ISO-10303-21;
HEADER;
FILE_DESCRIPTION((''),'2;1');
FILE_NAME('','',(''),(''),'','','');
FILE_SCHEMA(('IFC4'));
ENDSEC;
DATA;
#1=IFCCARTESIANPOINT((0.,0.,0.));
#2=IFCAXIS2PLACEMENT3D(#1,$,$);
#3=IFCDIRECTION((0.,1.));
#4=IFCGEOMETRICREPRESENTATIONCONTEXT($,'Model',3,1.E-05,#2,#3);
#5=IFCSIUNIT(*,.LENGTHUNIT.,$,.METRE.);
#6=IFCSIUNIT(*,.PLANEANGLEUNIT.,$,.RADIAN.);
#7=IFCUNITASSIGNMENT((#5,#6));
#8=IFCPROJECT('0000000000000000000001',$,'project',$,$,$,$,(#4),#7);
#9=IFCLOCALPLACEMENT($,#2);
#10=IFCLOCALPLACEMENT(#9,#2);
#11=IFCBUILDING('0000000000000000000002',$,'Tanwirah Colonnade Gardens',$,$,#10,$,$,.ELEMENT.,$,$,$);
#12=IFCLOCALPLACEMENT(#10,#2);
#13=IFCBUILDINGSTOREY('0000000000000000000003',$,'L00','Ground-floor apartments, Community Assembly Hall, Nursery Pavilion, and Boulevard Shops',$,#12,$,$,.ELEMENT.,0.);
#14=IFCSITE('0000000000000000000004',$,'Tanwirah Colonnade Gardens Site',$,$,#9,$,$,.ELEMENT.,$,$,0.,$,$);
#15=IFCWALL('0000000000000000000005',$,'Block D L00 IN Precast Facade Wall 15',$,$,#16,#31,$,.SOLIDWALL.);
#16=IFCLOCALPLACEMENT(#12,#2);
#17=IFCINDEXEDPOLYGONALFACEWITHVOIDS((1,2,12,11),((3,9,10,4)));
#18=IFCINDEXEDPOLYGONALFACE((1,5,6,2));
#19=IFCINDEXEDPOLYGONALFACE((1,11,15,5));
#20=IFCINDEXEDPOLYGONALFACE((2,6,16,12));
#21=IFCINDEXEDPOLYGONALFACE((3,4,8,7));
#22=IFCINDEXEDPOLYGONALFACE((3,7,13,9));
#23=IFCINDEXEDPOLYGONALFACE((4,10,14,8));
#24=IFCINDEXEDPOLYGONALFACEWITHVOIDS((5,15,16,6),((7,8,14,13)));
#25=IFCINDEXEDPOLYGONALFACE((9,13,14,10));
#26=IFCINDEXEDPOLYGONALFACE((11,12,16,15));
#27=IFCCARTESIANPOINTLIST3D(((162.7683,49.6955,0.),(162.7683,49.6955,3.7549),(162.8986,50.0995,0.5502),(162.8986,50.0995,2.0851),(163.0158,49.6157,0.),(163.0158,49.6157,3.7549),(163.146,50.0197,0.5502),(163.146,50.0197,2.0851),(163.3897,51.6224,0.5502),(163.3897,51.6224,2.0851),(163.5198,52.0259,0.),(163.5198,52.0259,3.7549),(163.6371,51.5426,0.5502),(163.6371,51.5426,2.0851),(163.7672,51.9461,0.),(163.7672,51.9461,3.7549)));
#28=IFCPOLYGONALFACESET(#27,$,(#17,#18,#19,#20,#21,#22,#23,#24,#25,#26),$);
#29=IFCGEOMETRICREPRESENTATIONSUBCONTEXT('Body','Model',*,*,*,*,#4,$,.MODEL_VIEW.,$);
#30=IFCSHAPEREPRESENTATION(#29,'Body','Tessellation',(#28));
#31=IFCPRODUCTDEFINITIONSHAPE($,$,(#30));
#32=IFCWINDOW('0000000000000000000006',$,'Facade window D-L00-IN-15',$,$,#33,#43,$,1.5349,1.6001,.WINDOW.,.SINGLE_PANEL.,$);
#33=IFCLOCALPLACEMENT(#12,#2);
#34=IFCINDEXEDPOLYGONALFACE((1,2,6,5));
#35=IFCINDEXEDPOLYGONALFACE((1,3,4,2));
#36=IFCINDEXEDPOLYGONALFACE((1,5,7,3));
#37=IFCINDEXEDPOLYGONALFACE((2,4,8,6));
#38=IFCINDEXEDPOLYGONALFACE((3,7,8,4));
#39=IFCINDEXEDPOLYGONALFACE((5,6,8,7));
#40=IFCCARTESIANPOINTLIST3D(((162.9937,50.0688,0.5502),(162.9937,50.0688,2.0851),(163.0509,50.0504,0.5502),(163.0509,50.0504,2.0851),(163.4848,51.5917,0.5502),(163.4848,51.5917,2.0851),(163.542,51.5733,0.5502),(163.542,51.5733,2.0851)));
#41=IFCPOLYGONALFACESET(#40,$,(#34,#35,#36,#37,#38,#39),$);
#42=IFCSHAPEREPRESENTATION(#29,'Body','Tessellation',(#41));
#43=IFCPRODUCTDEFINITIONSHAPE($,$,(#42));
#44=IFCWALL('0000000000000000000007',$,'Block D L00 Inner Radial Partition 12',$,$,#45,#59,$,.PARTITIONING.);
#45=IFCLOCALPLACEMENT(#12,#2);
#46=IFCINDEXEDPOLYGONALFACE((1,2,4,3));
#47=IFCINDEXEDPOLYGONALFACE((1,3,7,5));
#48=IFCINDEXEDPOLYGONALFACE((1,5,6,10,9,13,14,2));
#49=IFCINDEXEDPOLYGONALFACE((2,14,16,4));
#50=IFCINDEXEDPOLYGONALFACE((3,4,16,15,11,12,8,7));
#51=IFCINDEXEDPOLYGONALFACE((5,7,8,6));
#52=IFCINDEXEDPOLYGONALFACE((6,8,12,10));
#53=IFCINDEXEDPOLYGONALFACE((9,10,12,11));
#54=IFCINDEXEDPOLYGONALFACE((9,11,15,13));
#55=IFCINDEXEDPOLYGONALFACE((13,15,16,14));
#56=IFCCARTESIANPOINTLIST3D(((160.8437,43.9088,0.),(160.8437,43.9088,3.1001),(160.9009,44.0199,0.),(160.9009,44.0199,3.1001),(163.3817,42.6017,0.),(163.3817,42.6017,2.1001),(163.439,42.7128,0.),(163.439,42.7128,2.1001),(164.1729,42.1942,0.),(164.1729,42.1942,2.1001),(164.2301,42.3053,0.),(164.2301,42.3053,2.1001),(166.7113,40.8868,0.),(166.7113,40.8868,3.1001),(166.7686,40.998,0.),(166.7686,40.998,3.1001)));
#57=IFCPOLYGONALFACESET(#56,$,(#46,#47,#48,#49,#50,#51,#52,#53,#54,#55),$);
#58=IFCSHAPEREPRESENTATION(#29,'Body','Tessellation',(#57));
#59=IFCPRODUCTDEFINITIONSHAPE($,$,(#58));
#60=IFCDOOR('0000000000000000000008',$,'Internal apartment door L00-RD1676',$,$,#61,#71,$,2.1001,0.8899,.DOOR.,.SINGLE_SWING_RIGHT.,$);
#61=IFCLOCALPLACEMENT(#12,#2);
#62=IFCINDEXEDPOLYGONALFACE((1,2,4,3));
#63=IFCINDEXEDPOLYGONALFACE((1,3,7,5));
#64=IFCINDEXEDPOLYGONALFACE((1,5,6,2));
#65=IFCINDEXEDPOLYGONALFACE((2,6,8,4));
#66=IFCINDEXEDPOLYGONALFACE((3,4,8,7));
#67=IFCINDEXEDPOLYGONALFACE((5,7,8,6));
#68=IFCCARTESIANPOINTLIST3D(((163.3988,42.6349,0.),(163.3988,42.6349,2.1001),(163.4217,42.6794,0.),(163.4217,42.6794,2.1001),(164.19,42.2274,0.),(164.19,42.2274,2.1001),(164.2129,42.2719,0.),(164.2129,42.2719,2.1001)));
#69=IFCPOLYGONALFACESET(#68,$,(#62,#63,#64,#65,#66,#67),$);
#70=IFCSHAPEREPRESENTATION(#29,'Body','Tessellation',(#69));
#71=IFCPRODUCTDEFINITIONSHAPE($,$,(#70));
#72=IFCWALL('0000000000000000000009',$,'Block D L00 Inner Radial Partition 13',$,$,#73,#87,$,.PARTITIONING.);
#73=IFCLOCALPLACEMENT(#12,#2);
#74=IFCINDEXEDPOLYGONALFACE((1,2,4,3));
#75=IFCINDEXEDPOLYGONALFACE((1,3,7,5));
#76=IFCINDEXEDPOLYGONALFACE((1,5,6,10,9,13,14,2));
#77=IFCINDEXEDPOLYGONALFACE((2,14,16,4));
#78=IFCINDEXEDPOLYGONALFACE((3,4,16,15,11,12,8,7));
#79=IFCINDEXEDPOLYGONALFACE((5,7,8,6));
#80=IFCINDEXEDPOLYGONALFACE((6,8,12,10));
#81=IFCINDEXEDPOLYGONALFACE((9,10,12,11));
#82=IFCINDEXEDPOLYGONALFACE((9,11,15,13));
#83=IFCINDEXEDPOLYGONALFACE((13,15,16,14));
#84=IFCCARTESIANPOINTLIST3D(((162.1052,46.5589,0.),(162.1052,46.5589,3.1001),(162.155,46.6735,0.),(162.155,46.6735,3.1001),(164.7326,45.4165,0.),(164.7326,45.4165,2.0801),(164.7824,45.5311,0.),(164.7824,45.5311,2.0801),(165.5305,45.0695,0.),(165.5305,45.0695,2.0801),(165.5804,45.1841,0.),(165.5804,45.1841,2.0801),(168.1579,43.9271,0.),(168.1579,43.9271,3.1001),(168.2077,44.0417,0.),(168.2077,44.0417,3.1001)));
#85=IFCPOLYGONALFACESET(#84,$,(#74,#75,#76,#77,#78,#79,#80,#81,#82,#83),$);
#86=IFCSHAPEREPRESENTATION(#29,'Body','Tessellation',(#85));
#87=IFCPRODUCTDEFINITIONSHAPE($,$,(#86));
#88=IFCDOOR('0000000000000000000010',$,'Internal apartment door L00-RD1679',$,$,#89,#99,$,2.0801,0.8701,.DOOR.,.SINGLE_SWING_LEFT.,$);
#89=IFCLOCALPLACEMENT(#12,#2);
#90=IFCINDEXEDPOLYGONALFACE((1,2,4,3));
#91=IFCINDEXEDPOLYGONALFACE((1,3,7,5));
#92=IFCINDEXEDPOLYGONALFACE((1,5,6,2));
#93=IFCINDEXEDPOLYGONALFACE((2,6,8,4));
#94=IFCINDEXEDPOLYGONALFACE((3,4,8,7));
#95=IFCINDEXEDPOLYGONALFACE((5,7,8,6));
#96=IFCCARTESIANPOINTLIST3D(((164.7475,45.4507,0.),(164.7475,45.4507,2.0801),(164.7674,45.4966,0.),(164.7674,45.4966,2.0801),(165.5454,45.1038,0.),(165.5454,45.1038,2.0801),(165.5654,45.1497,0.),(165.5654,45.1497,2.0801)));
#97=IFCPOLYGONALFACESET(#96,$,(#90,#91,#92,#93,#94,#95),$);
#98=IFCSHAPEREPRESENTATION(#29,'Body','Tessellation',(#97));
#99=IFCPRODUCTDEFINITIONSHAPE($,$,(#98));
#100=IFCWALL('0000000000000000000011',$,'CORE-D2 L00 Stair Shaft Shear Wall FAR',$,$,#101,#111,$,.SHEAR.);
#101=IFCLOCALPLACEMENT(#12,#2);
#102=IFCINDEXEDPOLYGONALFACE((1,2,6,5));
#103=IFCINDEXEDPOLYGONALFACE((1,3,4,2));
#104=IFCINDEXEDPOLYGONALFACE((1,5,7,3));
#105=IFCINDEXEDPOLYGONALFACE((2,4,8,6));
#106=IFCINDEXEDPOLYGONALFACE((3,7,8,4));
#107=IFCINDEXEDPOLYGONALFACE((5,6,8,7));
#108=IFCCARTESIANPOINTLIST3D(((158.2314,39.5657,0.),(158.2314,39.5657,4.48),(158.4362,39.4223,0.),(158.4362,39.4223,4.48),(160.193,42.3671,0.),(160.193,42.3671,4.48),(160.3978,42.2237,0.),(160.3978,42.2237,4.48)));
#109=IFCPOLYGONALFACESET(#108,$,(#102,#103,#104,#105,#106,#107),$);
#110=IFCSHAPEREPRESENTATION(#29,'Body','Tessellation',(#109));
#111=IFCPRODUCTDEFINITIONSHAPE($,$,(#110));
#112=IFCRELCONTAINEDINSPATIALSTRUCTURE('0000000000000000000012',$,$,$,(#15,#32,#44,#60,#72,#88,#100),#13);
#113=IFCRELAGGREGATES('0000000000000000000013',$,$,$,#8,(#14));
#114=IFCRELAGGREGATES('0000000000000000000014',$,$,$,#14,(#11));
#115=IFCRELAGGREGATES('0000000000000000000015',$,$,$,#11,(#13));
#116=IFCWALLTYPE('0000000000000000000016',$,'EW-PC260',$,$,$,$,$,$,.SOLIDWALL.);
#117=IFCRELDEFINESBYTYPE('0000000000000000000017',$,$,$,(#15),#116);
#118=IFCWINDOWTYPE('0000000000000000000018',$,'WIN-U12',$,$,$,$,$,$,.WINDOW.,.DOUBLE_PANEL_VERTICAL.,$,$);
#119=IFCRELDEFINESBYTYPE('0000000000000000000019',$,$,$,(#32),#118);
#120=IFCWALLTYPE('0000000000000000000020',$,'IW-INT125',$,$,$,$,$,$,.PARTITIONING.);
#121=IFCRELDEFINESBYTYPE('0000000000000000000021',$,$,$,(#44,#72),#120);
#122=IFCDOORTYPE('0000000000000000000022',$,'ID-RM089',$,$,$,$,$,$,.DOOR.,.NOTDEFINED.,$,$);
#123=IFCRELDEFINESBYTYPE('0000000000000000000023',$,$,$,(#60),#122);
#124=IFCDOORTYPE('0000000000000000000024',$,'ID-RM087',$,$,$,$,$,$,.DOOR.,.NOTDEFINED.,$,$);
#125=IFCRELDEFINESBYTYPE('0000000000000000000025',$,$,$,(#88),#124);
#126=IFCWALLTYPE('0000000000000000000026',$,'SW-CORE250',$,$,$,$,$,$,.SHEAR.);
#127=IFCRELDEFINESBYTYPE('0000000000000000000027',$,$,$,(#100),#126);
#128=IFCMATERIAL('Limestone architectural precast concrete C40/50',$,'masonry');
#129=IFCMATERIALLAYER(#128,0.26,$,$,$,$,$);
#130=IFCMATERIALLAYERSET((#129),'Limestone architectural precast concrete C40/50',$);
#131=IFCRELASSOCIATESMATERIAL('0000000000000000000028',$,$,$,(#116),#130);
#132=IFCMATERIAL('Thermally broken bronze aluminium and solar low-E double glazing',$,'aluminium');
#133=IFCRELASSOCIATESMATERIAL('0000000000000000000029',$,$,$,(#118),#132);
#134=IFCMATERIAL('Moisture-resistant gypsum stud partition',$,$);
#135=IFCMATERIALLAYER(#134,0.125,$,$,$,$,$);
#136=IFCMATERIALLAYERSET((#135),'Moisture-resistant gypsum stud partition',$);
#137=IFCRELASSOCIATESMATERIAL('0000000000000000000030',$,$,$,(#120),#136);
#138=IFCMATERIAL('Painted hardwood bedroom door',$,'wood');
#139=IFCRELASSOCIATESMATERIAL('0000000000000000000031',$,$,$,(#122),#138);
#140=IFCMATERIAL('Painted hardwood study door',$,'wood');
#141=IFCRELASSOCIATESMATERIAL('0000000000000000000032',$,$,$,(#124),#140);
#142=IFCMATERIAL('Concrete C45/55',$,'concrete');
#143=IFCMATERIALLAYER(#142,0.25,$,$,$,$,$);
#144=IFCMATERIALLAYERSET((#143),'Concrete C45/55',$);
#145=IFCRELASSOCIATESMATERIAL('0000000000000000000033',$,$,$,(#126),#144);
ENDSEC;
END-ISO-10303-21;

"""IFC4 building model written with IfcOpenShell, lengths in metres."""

from ifc_helpers import new_model, si_unit, direction, frame, frame_2d, origin, place, context, subcontext, project, spatial, rectangle, extrude, material, layer, layer_set, type_object, element, fill, save


model = new_model("IFC4")

# Units and contexts
model_context = context("Model", 3, precision=1e-05, world=origin(), true_north=direction((0.0, 1.0)))
body_context = subcontext(model_context, "Body", "Model", "MODEL_VIEW")
ifc_project = project(units=[si_unit("LENGTHUNIT", "METRE"), si_unit("PLANEANGLEUNIT", "RADIAN")], contexts=[model_context])

# Site, building, storey
site_placement = place(None, origin())
site = spatial("IfcSite", under=ifc_project, at=site_placement, Name="Tanwirah Colonnade Gardens Site", CompositionType="ELEMENT", RefElevation=0.0)
building_placement = place(site_placement, origin())
building = spatial("IfcBuilding", under=site, at=building_placement, Name="Tanwirah Colonnade Gardens", CompositionType="ELEMENT")
storey_placement = place(building_placement, origin())
storey = spatial("IfcBuildingStorey", under=building, at=storey_placement, Name="L00", Description="Ground-floor apartments, Community Assembly Hall, Nursery Pavilion, and Boulevard Shops", CompositionType="ELEMENT", Elevation=0.0)

# Shared definitions
ifc_material_1 = material(Name="Limestone architectural precast concrete C40/50", Category="masonry")
ifc_layer_1 = layer(ifc_material_1, 0.26)
ifc_layer_set_1 = layer_set([ifc_layer_1], Name="Limestone architectural precast concrete C40/50")
wall_type_1 = type_object("IfcWallType", Name="EW-PC260", PredefinedType="SOLIDWALL", material=ifc_layer_set_1)
ifc_material_2 = material(Name="Thermally broken bronze aluminium and solar low-E double glazing", Category="aluminium")

# Wall, opening, window
wall_1_placement = place(storey_placement, frame((162.8921, 49.6558, 0.0), z_axis=(0.0, 0.0, 1.0), x_axis=(0.30691, 0.951739, 0.0)))
wall_1 = element("IfcWall", 1, at=wall_1_placement, inside=storey, type_object=wall_type_1, Name="Block D L00 IN Precast Facade Wall 15", PredefinedType="SOLIDWALL", context=body_context, shape_type="SweptSolid", body=[
    extrude(rectangle(XDim=2.4485, YDim=0.26, at=frame_2d((1.2241, 0.0))), origin(), (0.0, 0.0, 1.0), 3.7549),
])
opening_1_placement = place(wall_1_placement, frame((0.4243, 0.0, 0.55)))
opening_1 = element("IfcOpeningElement", 2, at=opening_1_placement, cuts=wall_1, PredefinedType="OPENING", context=body_context, shape_type="SweptSolid", body=[
    extrude(rectangle(XDim=1.6001, YDim=1.5349, at=frame_2d((0.8, 0.7676))), frame((0.0, 0.1399, 0.0), z_axis=(0.0, -1.0, 0.0), x_axis=(1.0, 0.0, 0.0)), (0.0, 0.0, 1.0), 0.28),
])
window_type_1 = type_object("IfcWindowType", Name="WIN-U12", PartitioningType="DOUBLE_PANEL_VERTICAL", PredefinedType="WINDOW", material=ifc_material_2)
window_1_placement = place(opening_1_placement, origin())
window_1 = element("IfcWindow", 3, at=window_1_placement, inside=storey, type_object=window_type_1, Name="Facade window D-L00-IN-15", OverallHeight=1.5349, OverallWidth=1.6001, PartitioningType="SINGLE_PANEL", PredefinedType="WINDOW", context=body_context, shape_type="SweptSolid", body=[
    extrude(rectangle(XDim=1.6001, YDim=1.5349, at=frame_2d((0.8, 0.7676))), frame((0.0, 0.03, 0.0), z_axis=(0.0, -1.0, 0.0), x_axis=(1.0, 0.0, 0.0)), (0.0, 0.0, 1.0), 0.0601),
])
fill(opening_1, window_1)

# Walls, openings, doors
ifc_material_3 = material(Name="Moisture-resistant gypsum stud partition")
ifc_layer_2 = layer(ifc_material_3, 0.125)
ifc_layer_set_2 = layer_set([ifc_layer_2], Name="Moisture-resistant gypsum stud partition")
wall_type_2 = type_object("IfcWallType", Name="IW-INT125", PredefinedType="PARTITIONING", material=ifc_layer_set_2)
wall_2_placement = place(storey_placement, frame((160.8723, 43.9644, 0.0), z_axis=(0.0, 0.0, 1.0), x_axis=(0.889022, -0.457864, 0.0)))
wall_2 = element("IfcWall", 4, at=wall_2_placement, inside=storey, type_object=wall_type_2, Name="Block D L00 Inner Radial Partition 12", PredefinedType="PARTITIONING", context=body_context, shape_type="SweptSolid", body=[
    extrude(rectangle(XDim=6.6001, YDim=0.125, at=frame_2d((3.3, 0.0))), origin(), (0.0, 0.0, 1.0), 3.1001),
])
opening_2_placement = place(wall_2_placement, frame((2.855, 0.0, 0.0)))
opening_2 = element("IfcOpeningElement", 5, at=opening_2_placement, cuts=wall_2, PredefinedType="OPENING", context=body_context, shape_type="SweptSolid", body=[
    extrude(rectangle(XDim=0.8899, YDim=2.1001, at=frame_2d((0.4448, 1.05))), frame((0.0, 0.0725, 0.0), z_axis=(0.0, -1.0, 0.0), x_axis=(1.0, 0.0, 0.0)), (0.0, 0.0, 1.0), 0.145),
])
ifc_material_4 = material(Name="Painted hardwood bedroom door", Category="wood")
door_type_1 = type_object("IfcDoorType", Name="ID-RM089", OperationType="NOTDEFINED", PredefinedType="DOOR", material=ifc_material_4)
door_1_placement = place(opening_2_placement, origin())
door_1 = element("IfcDoor", 6, at=door_1_placement, inside=storey, type_object=door_type_1, Name="Internal apartment door L00-RD1676", OperationType="SINGLE_SWING_RIGHT", OverallHeight=2.1001, OverallWidth=0.8899, PredefinedType="DOOR", context=body_context, shape_type="SweptSolid", body=[
    extrude(rectangle(XDim=0.8899, YDim=2.1001, at=frame_2d((0.4448, 1.05))), frame((0.0, 0.0249, 0.0), z_axis=(0.0, -1.0, 0.0), x_axis=(1.0, 0.0, 0.0)), (0.0, 0.0, 1.0), 0.05),
])
fill(opening_2, door_1)
wall_3_placement = place(storey_placement, frame((162.1301, 46.6162, 0.0), z_axis=(0.0, 0.0, 1.0), x_axis=(0.917058, -0.398753, 0.0)))
wall_3 = element("IfcWall", 7, at=wall_3_placement, inside=storey, type_object=wall_type_2, Name="Block D L00 Inner Radial Partition 13", PredefinedType="PARTITIONING", context=body_context, shape_type="SweptSolid", body=[
    extrude(rectangle(XDim=6.6001, YDim=0.125, at=frame_2d((3.3, 0.0))), origin(), (0.0, 0.0, 1.0), 3.1001),
])
opening_3_placement = place(wall_3_placement, frame((2.865, 0.0, 0.0)))
opening_3 = element("IfcOpeningElement", 8, at=opening_3_placement, cuts=wall_3, PredefinedType="OPENING", context=body_context, shape_type="SweptSolid", body=[
    extrude(rectangle(XDim=0.8701, YDim=2.0801, at=frame_2d((0.4351, 1.04))), frame((0.0, 0.0725, 0.0), z_axis=(0.0, -1.0, 0.0), x_axis=(1.0, 0.0, 0.0)), (0.0, 0.0, 1.0), 0.145),
])
ifc_material_5 = material(Name="Painted hardwood study door", Category="wood")
door_type_2 = type_object("IfcDoorType", Name="ID-RM087", OperationType="NOTDEFINED", PredefinedType="DOOR", material=ifc_material_5)
door_2_placement = place(opening_3_placement, origin())
door_2 = element("IfcDoor", 9, at=door_2_placement, inside=storey, type_object=door_type_2, Name="Internal apartment door L00-RD1679", OperationType="SINGLE_SWING_LEFT", OverallHeight=2.0801, OverallWidth=0.8701, PredefinedType="DOOR", context=body_context, shape_type="SweptSolid", body=[
    extrude(rectangle(XDim=0.8701, YDim=2.0801, at=frame_2d((0.4351, 1.04))), frame((0.0, 0.0249, 0.0), z_axis=(0.0, -1.0, 0.0), x_axis=(1.0, 0.0, 0.0)), (0.0, 0.0, 1.0), 0.05),
])
fill(opening_3, door_2)

# Wall
ifc_material_6 = material(Name="Concrete C45/55", Category="concrete")
ifc_layer_3 = layer(ifc_material_6, 0.25)
ifc_layer_set_3 = layer_set([ifc_layer_3], Name="Concrete C45/55")
wall_type_3 = type_object("IfcWallType", Name="SW-CORE250", PredefinedType="SHEAR", material=ifc_layer_set_3)
wall_4_placement = place(storey_placement, frame((160.2954, 42.2954, 0.0), z_axis=(0.0, 0.0, 1.0), x_axis=(-0.573582, -0.819148, 0.0)))
element("IfcWall", 10, at=wall_4_placement, inside=storey, type_object=wall_type_3, Name="CORE-D2 L00 Stair Shaft Shear Wall FAR", PredefinedType="SHEAR", context=body_context, shape_type="SweptSolid", body=[
    extrude(rectangle(XDim=3.4199, YDim=0.25, at=frame_2d((1.71, 0.0))), origin(), (0.0, 0.0, 1.0), 4.48),
])

save(model, "model.ifc")
